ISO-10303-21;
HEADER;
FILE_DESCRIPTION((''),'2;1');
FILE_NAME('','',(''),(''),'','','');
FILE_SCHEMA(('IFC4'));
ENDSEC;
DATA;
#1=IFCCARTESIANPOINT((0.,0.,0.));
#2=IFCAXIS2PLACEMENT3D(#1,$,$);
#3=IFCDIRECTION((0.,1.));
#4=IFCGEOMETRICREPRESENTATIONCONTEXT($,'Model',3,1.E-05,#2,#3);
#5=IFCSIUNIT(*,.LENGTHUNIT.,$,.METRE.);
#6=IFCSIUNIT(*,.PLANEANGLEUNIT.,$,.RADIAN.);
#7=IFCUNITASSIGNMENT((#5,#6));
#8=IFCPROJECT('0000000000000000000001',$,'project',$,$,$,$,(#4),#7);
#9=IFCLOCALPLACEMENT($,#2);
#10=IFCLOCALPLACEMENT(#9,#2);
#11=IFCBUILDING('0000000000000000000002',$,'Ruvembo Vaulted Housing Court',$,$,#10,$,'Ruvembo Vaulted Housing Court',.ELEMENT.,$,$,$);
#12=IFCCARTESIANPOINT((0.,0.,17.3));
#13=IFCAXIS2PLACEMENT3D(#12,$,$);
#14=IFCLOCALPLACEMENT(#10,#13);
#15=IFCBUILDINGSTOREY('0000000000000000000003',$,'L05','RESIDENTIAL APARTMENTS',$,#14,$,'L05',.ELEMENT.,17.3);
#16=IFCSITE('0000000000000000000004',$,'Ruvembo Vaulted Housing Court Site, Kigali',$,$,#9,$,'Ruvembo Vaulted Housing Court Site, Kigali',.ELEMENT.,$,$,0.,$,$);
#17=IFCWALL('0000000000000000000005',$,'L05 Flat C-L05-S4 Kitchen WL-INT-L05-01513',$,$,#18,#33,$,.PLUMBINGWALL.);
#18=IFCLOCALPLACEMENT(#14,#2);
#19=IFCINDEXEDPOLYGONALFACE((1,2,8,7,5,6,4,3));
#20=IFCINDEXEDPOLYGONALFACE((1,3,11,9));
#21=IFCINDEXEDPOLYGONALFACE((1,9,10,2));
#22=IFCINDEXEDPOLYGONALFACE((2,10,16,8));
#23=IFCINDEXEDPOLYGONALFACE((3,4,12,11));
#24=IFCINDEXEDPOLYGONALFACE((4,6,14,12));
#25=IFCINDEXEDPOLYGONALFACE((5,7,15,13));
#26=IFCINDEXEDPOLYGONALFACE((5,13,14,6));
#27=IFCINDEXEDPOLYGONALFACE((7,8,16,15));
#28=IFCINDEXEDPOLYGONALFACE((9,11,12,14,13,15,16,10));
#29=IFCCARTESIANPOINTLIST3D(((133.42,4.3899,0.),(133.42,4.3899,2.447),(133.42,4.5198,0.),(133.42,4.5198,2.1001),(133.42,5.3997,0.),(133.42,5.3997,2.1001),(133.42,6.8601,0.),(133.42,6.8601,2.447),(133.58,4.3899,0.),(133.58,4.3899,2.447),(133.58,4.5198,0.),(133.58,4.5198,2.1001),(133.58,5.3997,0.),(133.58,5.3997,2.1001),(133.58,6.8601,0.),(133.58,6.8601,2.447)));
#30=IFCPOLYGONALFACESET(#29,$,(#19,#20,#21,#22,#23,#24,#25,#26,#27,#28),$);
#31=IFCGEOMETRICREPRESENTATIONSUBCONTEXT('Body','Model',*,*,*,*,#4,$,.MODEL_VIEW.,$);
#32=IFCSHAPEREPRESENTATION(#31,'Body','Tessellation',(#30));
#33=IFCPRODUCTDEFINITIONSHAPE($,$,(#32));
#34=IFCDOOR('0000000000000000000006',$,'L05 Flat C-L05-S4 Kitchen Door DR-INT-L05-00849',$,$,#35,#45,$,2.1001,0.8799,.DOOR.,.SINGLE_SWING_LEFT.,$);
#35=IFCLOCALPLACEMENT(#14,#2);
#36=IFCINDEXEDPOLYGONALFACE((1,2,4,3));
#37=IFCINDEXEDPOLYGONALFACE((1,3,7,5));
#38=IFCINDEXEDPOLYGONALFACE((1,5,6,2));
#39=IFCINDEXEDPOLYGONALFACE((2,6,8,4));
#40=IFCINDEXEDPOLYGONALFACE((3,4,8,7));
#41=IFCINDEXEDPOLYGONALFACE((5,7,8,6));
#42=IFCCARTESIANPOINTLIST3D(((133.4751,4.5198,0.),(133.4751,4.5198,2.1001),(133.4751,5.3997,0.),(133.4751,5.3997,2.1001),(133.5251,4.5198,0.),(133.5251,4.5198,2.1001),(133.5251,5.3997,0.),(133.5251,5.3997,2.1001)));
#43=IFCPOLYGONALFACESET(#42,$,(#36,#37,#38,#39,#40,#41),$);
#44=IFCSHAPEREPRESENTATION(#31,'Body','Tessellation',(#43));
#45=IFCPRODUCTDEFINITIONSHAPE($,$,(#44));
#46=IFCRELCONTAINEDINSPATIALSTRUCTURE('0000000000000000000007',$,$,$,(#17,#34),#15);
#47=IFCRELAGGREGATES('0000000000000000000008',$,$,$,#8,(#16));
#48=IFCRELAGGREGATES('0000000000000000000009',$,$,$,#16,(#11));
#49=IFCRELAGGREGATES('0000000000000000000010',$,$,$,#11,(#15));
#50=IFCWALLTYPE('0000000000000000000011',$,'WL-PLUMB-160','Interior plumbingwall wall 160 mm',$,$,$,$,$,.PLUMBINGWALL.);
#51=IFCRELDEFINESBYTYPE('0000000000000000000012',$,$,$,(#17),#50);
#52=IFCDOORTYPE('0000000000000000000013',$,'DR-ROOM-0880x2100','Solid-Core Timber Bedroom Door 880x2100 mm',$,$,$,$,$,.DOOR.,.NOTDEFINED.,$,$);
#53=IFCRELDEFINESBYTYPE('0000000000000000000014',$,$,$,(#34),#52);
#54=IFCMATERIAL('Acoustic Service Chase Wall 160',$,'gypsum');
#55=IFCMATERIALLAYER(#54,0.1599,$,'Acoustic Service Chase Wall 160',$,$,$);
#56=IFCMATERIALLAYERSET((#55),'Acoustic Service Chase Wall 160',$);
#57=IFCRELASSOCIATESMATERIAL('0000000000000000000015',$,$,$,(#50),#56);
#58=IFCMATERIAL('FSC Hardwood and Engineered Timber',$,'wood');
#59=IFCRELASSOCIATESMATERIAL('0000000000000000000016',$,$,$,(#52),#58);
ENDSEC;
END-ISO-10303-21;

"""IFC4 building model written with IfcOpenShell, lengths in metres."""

from ifc_helpers import new_model, si_unit, direction, frame, frame_2d, origin, place, context, subcontext, project, spatial, rectangle, extrude, material, layer, layer_set, type_object, element, fill, save


model = new_model("IFC4")

# Units and contexts
model_context = context("Model", 3, precision=1e-05, world=origin(), true_north=direction((0.0, 1.0)))
body_context = subcontext(model_context, "Body", "Model", "MODEL_VIEW")
ifc_project = project(units=[si_unit("LENGTHUNIT", "METRE"), si_unit("PLANEANGLEUNIT", "RADIAN")], contexts=[model_context])

# Site, building, storey
site_placement = place(None, origin())
site = spatial("IfcSite", under=ifc_project, at=site_placement, Name="Ruvembo Vaulted Housing Court Site, Kigali", LongName="Ruvembo Vaulted Housing Court Site, Kigali", CompositionType="ELEMENT", RefElevation=0.0)
building_placement = place(site_placement, origin())
building = spatial("IfcBuilding", under=site, at=building_placement, Name="Ruvembo Vaulted Housing Court", LongName="Ruvembo Vaulted Housing Court", CompositionType="ELEMENT")
storey_placement = place(building_placement, frame((0.0, 0.0, 17.3)))
storey = spatial("IfcBuildingStorey", under=building, at=storey_placement, Name="L05", Description="RESIDENTIAL APARTMENTS", LongName="L05", CompositionType="ELEMENT", Elevation=17.3)

# Shared definitions
ifc_material_1 = material(Name="FSC Hardwood and Engineered Timber", Category="wood")

# Wall, opening, door
ifc_material_2 = material(Name="Acoustic Service Chase Wall 160", Category="gypsum")
ifc_layer_1 = layer(ifc_material_2, 0.1599, Name="Acoustic Service Chase Wall 160")
ifc_layer_set_1 = layer_set([ifc_layer_1], Name="Acoustic Service Chase Wall 160")
wall_type_1 = type_object("IfcWallType", Name="WL-PLUMB-160", Description="Interior plumbingwall wall 160 mm", PredefinedType="PLUMBINGWALL", material=ifc_layer_set_1)
wall_1_placement = place(storey_placement, frame((133.5, 4.3899, 0.0), z_axis=(0.0, 0.0, 1.0), x_axis=(0.0, 1.0, 0.0)))
wall_1 = element("IfcWall", 1, at=wall_1_placement, inside=storey, type_object=wall_type_1, Name="L05 Flat C-L05-S4 Kitchen WL-INT-L05-01513", PredefinedType="PLUMBINGWALL", context=body_context, shape_type="SweptSolid", body=[
    extrude(rectangle(XDim=2.4702, YDim=0.1599, at=frame_2d((1.2351, 0.0))), origin(), (0.0, 0.0, 1.0), 2.447),
])
opening_1_placement = place(wall_1_placement, frame((0.1299, 0.0, 0.0)))
opening_1 = element("IfcOpeningElement", 2, at=opening_1_placement, cuts=wall_1, PredefinedType="OPENING", context=body_context, shape_type="SweptSolid", body=[
    extrude(rectangle(XDim=0.8799, YDim=2.1001, at=frame_2d((0.4399, 1.05))), frame((0.0, 0.0898, 0.0), z_axis=(0.0, -1.0, 0.0), x_axis=(1.0, 0.0, 0.0)), (0.0, 0.0, 1.0), 0.1799),
])
door_type_1 = type_object("IfcDoorType", Name="DR-ROOM-0880x2100", Description="Solid-Core Timber Bedroom Door 880x2100 mm", OperationType="NOTDEFINED", PredefinedType="DOOR", material=ifc_material_1)
door_1_placement = place(opening_1_placement, origin())
door_1 = element("IfcDoor", 3, at=door_1_placement, inside=storey, type_object=door_type_1, Name="L05 Flat C-L05-S4 Kitchen Door DR-INT-L05-00849", OperationType="SINGLE_SWING_LEFT", OverallHeight=2.1001, OverallWidth=0.8799, PredefinedType="DOOR", context=body_context, shape_type="SweptSolid", body=[
    extrude(rectangle(XDim=0.8799, YDim=2.1001, at=frame_2d((0.4399, 1.05))), frame((0.0, 0.0249, 0.0), z_axis=(0.0, -1.0, 0.0), x_axis=(1.0, 0.0, 0.0)), (0.0, 0.0, 1.0), 0.05),
])
fill(opening_1, door_1)

save(model, "model.ifc")
